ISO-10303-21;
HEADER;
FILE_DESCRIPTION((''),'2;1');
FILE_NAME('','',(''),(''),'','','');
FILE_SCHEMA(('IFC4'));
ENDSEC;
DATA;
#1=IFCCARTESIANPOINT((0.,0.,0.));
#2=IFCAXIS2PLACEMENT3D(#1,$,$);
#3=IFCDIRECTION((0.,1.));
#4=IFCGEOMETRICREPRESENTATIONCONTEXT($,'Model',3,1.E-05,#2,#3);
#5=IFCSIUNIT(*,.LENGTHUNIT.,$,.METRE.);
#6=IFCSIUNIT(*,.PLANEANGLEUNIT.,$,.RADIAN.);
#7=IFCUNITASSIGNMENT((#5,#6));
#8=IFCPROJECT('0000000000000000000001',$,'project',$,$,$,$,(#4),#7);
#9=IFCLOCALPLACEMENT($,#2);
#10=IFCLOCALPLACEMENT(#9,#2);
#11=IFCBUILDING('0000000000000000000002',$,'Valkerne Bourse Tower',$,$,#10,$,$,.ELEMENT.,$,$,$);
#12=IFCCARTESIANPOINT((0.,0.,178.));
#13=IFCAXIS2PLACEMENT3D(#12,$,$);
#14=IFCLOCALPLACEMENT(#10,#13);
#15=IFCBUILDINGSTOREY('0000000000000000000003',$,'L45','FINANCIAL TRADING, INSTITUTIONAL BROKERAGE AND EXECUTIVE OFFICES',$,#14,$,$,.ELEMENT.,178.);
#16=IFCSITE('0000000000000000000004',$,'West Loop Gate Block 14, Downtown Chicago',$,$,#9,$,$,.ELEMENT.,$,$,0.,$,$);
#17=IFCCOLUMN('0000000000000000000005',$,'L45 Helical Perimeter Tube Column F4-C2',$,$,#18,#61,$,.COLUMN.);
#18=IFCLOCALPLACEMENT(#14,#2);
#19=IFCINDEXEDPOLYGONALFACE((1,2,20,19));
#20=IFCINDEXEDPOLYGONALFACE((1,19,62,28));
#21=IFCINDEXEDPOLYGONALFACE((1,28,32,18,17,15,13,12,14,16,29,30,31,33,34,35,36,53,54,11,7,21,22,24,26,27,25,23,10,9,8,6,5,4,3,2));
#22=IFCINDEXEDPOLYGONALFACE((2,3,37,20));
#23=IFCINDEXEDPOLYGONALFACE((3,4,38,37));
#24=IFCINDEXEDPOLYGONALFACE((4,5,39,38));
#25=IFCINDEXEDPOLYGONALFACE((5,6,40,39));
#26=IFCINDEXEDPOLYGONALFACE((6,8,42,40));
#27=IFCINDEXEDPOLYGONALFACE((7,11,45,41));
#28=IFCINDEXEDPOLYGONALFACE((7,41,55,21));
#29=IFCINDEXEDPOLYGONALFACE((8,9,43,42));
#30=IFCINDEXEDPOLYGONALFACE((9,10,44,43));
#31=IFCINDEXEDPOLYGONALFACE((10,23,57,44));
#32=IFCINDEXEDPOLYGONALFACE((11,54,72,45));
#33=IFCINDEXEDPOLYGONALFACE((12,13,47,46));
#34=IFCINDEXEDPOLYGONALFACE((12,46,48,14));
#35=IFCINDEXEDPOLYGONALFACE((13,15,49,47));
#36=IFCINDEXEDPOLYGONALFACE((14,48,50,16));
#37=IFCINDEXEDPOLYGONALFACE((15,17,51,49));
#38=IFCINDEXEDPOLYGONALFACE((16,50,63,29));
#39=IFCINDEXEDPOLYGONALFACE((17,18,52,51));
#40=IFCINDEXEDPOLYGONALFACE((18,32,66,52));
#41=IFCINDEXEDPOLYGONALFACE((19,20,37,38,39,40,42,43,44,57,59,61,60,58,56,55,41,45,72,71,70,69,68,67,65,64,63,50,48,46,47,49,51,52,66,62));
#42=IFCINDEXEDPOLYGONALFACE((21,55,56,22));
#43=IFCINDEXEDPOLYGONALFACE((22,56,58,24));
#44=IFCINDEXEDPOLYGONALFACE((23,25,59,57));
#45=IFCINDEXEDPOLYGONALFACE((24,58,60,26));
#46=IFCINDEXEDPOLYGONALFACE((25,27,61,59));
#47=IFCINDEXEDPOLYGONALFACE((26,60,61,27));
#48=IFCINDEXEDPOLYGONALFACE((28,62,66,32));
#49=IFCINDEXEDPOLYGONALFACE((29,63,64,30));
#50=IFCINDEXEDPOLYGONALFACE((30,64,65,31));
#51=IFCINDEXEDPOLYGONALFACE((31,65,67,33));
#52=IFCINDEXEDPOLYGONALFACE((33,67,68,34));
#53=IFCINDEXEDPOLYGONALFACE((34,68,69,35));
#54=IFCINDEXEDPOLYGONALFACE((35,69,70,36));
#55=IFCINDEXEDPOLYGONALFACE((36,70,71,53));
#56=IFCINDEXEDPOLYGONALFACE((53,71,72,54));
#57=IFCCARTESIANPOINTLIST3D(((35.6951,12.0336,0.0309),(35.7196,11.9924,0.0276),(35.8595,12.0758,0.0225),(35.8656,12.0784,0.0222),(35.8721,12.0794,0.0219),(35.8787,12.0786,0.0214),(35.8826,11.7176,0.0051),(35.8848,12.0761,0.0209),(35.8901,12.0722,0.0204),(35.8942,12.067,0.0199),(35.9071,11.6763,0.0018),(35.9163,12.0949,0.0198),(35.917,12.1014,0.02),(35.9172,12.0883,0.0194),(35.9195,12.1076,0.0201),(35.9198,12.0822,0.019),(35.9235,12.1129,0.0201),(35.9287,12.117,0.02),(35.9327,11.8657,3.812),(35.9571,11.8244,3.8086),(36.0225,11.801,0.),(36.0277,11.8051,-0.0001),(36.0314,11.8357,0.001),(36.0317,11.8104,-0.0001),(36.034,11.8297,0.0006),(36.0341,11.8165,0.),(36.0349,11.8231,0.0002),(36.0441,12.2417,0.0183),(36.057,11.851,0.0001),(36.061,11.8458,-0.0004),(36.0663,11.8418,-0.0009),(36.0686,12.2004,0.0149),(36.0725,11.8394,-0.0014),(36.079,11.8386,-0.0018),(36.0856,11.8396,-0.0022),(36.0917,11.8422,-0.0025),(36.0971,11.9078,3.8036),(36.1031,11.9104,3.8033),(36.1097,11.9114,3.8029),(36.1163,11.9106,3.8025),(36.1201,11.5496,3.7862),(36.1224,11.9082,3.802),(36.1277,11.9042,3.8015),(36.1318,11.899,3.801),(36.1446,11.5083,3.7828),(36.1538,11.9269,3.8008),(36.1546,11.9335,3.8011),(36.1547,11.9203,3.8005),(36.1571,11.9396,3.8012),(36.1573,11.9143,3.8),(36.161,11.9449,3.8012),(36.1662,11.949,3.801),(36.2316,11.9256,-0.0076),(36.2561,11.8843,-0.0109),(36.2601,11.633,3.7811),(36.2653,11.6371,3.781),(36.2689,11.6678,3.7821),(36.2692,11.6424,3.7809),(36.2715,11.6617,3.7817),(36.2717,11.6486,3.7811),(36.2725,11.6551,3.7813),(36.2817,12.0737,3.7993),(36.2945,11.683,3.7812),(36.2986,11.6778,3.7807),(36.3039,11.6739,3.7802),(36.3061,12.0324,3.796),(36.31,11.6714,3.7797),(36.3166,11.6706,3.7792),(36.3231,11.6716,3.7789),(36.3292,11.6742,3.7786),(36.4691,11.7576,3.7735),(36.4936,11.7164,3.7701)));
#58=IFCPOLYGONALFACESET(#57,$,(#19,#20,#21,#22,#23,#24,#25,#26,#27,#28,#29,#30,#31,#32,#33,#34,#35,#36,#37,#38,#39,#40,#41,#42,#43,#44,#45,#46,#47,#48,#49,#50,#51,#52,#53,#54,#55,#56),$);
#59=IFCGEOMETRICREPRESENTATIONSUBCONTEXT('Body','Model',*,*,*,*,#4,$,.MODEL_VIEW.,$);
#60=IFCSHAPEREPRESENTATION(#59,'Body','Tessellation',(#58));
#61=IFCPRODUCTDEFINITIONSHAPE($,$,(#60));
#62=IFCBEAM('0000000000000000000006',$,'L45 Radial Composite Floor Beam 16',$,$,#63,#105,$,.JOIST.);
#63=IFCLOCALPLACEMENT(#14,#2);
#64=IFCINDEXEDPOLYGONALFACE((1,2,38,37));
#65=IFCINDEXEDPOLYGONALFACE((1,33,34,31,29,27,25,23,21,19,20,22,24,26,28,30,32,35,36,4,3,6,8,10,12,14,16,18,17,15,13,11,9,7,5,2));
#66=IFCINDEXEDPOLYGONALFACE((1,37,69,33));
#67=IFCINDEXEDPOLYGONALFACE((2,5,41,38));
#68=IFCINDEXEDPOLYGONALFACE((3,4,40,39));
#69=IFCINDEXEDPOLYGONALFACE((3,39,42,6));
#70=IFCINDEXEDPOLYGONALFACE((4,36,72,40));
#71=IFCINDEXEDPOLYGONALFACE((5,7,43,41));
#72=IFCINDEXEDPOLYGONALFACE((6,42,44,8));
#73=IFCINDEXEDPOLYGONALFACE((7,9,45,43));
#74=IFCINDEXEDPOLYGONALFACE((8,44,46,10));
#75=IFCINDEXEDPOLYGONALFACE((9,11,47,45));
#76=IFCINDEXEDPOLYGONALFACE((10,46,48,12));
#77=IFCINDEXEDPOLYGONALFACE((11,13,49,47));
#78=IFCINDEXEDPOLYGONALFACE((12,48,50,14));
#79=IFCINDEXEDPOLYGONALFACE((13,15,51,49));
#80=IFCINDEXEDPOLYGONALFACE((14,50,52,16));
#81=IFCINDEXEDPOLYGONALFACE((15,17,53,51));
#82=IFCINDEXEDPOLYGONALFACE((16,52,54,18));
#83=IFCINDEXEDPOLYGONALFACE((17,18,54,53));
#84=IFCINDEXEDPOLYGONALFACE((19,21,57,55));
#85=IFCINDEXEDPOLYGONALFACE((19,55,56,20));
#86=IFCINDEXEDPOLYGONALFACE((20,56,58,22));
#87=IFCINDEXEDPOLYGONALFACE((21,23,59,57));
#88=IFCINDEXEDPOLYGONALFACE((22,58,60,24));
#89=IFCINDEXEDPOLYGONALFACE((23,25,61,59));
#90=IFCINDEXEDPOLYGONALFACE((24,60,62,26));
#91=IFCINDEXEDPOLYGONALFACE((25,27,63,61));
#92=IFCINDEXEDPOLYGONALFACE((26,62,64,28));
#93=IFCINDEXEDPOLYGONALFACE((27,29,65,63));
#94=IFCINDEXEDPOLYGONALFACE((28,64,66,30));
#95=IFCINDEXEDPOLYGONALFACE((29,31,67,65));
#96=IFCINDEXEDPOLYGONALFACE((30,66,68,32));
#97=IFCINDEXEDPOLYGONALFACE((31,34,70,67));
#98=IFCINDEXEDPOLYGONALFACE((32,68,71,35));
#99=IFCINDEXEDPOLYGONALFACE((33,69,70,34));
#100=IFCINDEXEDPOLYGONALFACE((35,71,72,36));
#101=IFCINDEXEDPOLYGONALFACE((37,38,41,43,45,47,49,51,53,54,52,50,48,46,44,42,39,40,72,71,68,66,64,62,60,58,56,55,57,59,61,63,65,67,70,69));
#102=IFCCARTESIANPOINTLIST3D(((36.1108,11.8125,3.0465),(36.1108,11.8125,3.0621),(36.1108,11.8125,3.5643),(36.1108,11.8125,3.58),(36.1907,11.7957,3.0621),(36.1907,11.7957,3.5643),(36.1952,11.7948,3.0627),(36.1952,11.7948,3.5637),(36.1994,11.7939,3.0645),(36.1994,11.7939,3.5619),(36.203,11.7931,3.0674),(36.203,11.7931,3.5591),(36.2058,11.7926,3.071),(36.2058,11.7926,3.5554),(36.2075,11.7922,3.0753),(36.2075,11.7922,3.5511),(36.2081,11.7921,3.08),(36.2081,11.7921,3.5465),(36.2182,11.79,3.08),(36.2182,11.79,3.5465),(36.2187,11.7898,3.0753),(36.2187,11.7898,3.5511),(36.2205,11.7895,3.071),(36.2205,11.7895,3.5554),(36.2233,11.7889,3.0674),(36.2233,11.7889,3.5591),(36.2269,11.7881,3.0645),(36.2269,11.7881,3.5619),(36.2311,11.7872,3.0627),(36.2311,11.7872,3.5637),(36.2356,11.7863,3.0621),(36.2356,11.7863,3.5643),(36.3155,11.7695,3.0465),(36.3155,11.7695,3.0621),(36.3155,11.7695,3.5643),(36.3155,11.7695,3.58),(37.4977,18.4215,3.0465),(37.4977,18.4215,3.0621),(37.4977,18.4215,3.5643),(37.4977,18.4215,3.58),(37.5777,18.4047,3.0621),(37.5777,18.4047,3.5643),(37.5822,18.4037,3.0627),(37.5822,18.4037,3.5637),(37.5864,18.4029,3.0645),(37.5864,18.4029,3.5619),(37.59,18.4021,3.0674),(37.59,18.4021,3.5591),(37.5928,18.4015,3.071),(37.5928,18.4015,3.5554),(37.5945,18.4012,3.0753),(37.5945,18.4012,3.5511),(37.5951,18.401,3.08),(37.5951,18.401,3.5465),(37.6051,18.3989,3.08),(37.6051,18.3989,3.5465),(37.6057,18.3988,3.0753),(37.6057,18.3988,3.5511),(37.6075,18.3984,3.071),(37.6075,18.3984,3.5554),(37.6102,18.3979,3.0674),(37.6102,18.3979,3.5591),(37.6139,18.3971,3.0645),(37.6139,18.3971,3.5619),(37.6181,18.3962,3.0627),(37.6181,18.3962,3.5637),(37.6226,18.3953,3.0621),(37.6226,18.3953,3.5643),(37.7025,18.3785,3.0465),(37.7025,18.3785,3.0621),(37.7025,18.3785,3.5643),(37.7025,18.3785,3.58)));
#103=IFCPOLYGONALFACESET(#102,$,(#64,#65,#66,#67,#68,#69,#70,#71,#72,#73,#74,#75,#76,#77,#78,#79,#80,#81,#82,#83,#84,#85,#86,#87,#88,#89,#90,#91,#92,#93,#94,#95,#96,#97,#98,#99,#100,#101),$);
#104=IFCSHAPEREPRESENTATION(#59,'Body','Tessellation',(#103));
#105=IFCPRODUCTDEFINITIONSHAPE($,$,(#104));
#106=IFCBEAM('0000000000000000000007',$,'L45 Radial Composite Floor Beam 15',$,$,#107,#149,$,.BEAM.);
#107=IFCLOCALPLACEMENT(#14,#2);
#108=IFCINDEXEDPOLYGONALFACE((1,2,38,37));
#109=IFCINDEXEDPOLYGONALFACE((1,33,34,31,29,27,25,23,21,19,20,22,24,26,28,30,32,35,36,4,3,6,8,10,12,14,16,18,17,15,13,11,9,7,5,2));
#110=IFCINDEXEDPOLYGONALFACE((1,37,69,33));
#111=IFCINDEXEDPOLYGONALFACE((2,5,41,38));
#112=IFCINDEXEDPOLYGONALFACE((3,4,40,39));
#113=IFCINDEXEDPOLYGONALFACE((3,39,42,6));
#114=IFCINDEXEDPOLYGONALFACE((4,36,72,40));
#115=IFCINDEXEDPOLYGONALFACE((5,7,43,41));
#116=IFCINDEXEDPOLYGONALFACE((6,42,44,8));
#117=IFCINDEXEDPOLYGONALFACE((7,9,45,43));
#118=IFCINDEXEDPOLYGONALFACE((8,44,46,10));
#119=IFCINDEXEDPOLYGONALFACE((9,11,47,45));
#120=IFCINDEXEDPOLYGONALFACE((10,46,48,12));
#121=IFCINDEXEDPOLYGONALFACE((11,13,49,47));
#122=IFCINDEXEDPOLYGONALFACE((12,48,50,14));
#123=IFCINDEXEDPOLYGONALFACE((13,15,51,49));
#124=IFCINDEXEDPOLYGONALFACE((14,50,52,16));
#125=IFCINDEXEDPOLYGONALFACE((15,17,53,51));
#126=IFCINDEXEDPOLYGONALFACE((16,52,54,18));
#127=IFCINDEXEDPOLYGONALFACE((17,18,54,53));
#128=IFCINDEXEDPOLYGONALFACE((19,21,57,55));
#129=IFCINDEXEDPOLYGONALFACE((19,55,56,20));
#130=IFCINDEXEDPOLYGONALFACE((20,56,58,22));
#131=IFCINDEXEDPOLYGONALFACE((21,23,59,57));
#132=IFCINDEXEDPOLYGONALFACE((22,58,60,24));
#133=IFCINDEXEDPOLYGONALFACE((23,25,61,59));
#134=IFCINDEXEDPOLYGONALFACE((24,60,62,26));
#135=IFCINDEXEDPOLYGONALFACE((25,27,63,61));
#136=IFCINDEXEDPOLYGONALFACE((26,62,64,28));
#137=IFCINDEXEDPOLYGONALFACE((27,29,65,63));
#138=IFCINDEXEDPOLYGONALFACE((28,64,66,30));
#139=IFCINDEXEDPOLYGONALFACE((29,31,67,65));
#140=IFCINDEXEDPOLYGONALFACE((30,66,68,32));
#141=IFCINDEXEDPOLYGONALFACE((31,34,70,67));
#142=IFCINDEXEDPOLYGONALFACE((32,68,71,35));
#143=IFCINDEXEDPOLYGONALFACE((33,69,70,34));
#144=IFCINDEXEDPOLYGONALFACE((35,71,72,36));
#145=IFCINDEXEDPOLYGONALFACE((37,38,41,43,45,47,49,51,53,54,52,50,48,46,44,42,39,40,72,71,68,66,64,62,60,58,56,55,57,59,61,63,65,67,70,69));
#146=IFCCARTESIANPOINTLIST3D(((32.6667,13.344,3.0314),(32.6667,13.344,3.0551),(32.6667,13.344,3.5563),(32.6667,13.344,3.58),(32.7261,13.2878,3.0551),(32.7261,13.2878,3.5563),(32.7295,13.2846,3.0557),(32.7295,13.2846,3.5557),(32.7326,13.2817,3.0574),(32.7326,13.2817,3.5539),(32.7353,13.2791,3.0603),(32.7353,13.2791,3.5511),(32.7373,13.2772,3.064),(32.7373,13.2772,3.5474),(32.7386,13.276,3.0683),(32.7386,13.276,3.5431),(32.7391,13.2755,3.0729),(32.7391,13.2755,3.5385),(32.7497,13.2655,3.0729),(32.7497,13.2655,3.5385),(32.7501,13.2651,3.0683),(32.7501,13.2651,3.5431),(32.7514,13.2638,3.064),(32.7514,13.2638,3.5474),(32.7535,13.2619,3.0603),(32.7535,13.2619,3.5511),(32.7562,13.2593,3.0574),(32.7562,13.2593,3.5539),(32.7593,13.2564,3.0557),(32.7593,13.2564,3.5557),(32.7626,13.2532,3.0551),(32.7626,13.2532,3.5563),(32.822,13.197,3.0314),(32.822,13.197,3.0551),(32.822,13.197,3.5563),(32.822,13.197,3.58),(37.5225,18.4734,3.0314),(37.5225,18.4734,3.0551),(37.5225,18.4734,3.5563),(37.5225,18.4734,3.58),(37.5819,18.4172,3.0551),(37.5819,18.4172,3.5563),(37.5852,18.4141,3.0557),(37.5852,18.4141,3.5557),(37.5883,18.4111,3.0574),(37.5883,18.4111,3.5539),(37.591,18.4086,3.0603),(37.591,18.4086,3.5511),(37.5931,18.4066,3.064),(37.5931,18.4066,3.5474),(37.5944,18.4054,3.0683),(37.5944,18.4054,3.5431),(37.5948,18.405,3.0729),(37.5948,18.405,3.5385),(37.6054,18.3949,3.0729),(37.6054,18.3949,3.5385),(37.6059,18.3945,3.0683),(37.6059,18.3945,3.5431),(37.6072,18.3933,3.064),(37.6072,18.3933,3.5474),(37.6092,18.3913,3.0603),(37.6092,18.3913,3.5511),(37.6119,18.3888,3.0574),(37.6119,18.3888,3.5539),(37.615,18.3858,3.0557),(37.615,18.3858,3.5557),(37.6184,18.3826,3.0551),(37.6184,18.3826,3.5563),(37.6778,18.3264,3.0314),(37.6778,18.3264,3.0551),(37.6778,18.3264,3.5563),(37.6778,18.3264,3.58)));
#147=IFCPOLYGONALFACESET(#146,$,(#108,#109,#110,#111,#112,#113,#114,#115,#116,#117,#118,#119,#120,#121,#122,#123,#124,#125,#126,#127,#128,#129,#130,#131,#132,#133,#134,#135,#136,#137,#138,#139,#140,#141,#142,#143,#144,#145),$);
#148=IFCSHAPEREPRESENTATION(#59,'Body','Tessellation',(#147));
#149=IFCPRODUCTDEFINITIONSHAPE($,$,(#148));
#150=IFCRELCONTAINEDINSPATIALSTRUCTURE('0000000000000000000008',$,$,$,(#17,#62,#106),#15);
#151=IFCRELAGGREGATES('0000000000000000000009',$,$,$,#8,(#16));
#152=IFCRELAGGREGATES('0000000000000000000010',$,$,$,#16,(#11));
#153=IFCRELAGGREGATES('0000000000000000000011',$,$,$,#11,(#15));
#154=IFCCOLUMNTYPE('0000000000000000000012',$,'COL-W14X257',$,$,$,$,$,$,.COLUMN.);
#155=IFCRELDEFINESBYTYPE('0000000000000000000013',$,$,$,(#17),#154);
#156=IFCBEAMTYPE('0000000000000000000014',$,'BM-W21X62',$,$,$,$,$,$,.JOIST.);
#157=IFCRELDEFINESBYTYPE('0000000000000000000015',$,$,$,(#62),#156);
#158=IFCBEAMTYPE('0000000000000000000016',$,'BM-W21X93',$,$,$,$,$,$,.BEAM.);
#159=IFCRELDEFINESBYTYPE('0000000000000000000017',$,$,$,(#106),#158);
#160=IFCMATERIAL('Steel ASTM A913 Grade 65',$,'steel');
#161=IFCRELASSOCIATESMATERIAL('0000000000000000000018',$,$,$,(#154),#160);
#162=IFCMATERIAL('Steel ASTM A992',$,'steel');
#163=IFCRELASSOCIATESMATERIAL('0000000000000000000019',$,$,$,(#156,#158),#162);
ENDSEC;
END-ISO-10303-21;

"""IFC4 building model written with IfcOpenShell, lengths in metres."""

from ifc_helpers import new_model, si_unit, direction, frame, origin, origin_2d, place, context, subcontext, project, spatial, i_section, extrude, material, material_profile, profile_set, type_object, element, save


model = new_model("IFC4")

# Units and contexts
model_context = context("Model", 3, precision=1e-05, world=origin(), true_north=direction((0.0, 1.0)))
body_context = subcontext(model_context, "Body", "Model", "MODEL_VIEW")
ifc_project = project(units=[si_unit("LENGTHUNIT", "METRE"), si_unit("PLANEANGLEUNIT", "RADIAN")], contexts=[model_context])

# Site, building, storey
site_placement = place(None, origin())
site = spatial("IfcSite", under=ifc_project, at=site_placement, Name="West Loop Gate Block 14, Downtown Chicago", CompositionType="ELEMENT", RefElevation=0.0)
building_placement = place(site_placement, origin())
building = spatial("IfcBuilding", under=site, at=building_placement, Name="Valkerne Bourse Tower", CompositionType="ELEMENT")
storey_placement = place(building_placement, frame((0.0, 0.0, 178.0)))
storey = spatial("IfcBuildingStorey", under=building, at=storey_placement, Name="L45", Description="FINANCIAL TRADING, INSTITUTIONAL BROKERAGE AND EXECUTIVE OFFICES", CompositionType="ELEMENT", Elevation=178.0)

# Column
ifc_material_1 = material(Name="Steel ASTM A913 Grade 65", Category="steel")
ifc_material_profile_1 = material_profile(ifc_material_1, i_section(OverallWidth=0.4065, OverallDepth=0.4165, WebThickness=0.0298, FlangeThickness=0.0481, FilletRadius=0.0254, at=origin_2d()), Name="W14X257")
ifc_profile_set_1 = profile_set([ifc_material_profile_1], Name="Steel ASTM A913 Grade 65")
column_type = type_object("IfcColumnType", Name="COL-W14X257", PredefinedType="COLUMN", material=ifc_profile_set_1)
column_placement = place(storey_placement, frame((35.9756, 11.959, 0.01), z_axis=(0.062642, -0.044293, 0.997053), x_axis=(0.858551, 0.511778, -0.031205)))
element("IfcColumn", 1, at=column_placement, inside=storey, type_object=column_type, Name="L45 Helical Perimeter Tube Column F4-C2", PredefinedType="COLUMN", context=body_context, shape_type="SweptSolid", body=[
    extrude(i_section(OverallWidth=0.4065, OverallDepth=0.4165, WebThickness=0.0298, FlangeThickness=0.0481, FilletRadius=0.0254, at=origin_2d()), origin(), (0.0, 0.0, 1.0), 3.7922),
])

# Beams
ifc_material_2 = material(Name="Steel ASTM A992", Category="steel")
ifc_material_profile_2 = material_profile(ifc_material_2, i_section(OverallWidth=0.2092, OverallDepth=0.5334, WebThickness=0.0103, FlangeThickness=0.0156, FilletRadius=0.0178, at=origin_2d()), Name="W21X62")
ifc_profile_set_2 = profile_set([ifc_material_profile_2], Name="Steel ASTM A992")
beam_type_1 = type_object("IfcBeamType", Name="BM-W21X62", PredefinedType="JOIST", material=ifc_profile_set_2)
beam_1_placement = place(storey_placement, frame((36.2131, 11.791, 3.3132), z_axis=(0.205389, 0.97868, 0.0), x_axis=(-0.97868, 0.205389, 0.0)))
element("IfcBeam", 2, at=beam_1_placement, inside=storey, type_object=beam_type_1, Name="L45 Radial Composite Floor Beam 16", PredefinedType="JOIST", context=body_context, shape_type="SweptSolid", body=[
    extrude(i_section(OverallWidth=0.2092, OverallDepth=0.5334, WebThickness=0.0103, FlangeThickness=0.0156, FilletRadius=0.0178, at=origin_2d()), origin(), (0.0, 0.0, 1.0), 6.7529),
])
ifc_material_profile_3 = material_profile(ifc_material_2, i_section(OverallWidth=0.2139, OverallDepth=0.5486, WebThickness=0.0146, FlangeThickness=0.0237, FilletRadius=0.0178, at=origin_2d()), Name="W21X93")
ifc_profile_set_3 = profile_set([ifc_material_profile_3], Name="Steel ASTM A992")
beam_type_2 = type_object("IfcBeamType", Name="BM-W21X93", PredefinedType="BEAM", material=ifc_profile_set_3)
beam_2_placement = place(storey_placement, frame((32.7444, 13.2705, 3.3057), z_axis=(0.687468, 0.726215, 0.0), x_axis=(-0.726215, 0.687468, 0.0)))
element("IfcBeam", 3, at=beam_2_placement, inside=storey, type_object=beam_type_2, Name="L45 Radial Composite Floor Beam 15", PredefinedType="BEAM", context=body_context, shape_type="SweptSolid", body=[
    extrude(i_section(OverallWidth=0.2139, OverallDepth=0.5486, WebThickness=0.0146, FlangeThickness=0.0237, FilletRadius=0.0178, at=origin_2d()), origin(), (0.0, 0.0, 1.0), 7.0632),
])

save(model, "model.ifc")
